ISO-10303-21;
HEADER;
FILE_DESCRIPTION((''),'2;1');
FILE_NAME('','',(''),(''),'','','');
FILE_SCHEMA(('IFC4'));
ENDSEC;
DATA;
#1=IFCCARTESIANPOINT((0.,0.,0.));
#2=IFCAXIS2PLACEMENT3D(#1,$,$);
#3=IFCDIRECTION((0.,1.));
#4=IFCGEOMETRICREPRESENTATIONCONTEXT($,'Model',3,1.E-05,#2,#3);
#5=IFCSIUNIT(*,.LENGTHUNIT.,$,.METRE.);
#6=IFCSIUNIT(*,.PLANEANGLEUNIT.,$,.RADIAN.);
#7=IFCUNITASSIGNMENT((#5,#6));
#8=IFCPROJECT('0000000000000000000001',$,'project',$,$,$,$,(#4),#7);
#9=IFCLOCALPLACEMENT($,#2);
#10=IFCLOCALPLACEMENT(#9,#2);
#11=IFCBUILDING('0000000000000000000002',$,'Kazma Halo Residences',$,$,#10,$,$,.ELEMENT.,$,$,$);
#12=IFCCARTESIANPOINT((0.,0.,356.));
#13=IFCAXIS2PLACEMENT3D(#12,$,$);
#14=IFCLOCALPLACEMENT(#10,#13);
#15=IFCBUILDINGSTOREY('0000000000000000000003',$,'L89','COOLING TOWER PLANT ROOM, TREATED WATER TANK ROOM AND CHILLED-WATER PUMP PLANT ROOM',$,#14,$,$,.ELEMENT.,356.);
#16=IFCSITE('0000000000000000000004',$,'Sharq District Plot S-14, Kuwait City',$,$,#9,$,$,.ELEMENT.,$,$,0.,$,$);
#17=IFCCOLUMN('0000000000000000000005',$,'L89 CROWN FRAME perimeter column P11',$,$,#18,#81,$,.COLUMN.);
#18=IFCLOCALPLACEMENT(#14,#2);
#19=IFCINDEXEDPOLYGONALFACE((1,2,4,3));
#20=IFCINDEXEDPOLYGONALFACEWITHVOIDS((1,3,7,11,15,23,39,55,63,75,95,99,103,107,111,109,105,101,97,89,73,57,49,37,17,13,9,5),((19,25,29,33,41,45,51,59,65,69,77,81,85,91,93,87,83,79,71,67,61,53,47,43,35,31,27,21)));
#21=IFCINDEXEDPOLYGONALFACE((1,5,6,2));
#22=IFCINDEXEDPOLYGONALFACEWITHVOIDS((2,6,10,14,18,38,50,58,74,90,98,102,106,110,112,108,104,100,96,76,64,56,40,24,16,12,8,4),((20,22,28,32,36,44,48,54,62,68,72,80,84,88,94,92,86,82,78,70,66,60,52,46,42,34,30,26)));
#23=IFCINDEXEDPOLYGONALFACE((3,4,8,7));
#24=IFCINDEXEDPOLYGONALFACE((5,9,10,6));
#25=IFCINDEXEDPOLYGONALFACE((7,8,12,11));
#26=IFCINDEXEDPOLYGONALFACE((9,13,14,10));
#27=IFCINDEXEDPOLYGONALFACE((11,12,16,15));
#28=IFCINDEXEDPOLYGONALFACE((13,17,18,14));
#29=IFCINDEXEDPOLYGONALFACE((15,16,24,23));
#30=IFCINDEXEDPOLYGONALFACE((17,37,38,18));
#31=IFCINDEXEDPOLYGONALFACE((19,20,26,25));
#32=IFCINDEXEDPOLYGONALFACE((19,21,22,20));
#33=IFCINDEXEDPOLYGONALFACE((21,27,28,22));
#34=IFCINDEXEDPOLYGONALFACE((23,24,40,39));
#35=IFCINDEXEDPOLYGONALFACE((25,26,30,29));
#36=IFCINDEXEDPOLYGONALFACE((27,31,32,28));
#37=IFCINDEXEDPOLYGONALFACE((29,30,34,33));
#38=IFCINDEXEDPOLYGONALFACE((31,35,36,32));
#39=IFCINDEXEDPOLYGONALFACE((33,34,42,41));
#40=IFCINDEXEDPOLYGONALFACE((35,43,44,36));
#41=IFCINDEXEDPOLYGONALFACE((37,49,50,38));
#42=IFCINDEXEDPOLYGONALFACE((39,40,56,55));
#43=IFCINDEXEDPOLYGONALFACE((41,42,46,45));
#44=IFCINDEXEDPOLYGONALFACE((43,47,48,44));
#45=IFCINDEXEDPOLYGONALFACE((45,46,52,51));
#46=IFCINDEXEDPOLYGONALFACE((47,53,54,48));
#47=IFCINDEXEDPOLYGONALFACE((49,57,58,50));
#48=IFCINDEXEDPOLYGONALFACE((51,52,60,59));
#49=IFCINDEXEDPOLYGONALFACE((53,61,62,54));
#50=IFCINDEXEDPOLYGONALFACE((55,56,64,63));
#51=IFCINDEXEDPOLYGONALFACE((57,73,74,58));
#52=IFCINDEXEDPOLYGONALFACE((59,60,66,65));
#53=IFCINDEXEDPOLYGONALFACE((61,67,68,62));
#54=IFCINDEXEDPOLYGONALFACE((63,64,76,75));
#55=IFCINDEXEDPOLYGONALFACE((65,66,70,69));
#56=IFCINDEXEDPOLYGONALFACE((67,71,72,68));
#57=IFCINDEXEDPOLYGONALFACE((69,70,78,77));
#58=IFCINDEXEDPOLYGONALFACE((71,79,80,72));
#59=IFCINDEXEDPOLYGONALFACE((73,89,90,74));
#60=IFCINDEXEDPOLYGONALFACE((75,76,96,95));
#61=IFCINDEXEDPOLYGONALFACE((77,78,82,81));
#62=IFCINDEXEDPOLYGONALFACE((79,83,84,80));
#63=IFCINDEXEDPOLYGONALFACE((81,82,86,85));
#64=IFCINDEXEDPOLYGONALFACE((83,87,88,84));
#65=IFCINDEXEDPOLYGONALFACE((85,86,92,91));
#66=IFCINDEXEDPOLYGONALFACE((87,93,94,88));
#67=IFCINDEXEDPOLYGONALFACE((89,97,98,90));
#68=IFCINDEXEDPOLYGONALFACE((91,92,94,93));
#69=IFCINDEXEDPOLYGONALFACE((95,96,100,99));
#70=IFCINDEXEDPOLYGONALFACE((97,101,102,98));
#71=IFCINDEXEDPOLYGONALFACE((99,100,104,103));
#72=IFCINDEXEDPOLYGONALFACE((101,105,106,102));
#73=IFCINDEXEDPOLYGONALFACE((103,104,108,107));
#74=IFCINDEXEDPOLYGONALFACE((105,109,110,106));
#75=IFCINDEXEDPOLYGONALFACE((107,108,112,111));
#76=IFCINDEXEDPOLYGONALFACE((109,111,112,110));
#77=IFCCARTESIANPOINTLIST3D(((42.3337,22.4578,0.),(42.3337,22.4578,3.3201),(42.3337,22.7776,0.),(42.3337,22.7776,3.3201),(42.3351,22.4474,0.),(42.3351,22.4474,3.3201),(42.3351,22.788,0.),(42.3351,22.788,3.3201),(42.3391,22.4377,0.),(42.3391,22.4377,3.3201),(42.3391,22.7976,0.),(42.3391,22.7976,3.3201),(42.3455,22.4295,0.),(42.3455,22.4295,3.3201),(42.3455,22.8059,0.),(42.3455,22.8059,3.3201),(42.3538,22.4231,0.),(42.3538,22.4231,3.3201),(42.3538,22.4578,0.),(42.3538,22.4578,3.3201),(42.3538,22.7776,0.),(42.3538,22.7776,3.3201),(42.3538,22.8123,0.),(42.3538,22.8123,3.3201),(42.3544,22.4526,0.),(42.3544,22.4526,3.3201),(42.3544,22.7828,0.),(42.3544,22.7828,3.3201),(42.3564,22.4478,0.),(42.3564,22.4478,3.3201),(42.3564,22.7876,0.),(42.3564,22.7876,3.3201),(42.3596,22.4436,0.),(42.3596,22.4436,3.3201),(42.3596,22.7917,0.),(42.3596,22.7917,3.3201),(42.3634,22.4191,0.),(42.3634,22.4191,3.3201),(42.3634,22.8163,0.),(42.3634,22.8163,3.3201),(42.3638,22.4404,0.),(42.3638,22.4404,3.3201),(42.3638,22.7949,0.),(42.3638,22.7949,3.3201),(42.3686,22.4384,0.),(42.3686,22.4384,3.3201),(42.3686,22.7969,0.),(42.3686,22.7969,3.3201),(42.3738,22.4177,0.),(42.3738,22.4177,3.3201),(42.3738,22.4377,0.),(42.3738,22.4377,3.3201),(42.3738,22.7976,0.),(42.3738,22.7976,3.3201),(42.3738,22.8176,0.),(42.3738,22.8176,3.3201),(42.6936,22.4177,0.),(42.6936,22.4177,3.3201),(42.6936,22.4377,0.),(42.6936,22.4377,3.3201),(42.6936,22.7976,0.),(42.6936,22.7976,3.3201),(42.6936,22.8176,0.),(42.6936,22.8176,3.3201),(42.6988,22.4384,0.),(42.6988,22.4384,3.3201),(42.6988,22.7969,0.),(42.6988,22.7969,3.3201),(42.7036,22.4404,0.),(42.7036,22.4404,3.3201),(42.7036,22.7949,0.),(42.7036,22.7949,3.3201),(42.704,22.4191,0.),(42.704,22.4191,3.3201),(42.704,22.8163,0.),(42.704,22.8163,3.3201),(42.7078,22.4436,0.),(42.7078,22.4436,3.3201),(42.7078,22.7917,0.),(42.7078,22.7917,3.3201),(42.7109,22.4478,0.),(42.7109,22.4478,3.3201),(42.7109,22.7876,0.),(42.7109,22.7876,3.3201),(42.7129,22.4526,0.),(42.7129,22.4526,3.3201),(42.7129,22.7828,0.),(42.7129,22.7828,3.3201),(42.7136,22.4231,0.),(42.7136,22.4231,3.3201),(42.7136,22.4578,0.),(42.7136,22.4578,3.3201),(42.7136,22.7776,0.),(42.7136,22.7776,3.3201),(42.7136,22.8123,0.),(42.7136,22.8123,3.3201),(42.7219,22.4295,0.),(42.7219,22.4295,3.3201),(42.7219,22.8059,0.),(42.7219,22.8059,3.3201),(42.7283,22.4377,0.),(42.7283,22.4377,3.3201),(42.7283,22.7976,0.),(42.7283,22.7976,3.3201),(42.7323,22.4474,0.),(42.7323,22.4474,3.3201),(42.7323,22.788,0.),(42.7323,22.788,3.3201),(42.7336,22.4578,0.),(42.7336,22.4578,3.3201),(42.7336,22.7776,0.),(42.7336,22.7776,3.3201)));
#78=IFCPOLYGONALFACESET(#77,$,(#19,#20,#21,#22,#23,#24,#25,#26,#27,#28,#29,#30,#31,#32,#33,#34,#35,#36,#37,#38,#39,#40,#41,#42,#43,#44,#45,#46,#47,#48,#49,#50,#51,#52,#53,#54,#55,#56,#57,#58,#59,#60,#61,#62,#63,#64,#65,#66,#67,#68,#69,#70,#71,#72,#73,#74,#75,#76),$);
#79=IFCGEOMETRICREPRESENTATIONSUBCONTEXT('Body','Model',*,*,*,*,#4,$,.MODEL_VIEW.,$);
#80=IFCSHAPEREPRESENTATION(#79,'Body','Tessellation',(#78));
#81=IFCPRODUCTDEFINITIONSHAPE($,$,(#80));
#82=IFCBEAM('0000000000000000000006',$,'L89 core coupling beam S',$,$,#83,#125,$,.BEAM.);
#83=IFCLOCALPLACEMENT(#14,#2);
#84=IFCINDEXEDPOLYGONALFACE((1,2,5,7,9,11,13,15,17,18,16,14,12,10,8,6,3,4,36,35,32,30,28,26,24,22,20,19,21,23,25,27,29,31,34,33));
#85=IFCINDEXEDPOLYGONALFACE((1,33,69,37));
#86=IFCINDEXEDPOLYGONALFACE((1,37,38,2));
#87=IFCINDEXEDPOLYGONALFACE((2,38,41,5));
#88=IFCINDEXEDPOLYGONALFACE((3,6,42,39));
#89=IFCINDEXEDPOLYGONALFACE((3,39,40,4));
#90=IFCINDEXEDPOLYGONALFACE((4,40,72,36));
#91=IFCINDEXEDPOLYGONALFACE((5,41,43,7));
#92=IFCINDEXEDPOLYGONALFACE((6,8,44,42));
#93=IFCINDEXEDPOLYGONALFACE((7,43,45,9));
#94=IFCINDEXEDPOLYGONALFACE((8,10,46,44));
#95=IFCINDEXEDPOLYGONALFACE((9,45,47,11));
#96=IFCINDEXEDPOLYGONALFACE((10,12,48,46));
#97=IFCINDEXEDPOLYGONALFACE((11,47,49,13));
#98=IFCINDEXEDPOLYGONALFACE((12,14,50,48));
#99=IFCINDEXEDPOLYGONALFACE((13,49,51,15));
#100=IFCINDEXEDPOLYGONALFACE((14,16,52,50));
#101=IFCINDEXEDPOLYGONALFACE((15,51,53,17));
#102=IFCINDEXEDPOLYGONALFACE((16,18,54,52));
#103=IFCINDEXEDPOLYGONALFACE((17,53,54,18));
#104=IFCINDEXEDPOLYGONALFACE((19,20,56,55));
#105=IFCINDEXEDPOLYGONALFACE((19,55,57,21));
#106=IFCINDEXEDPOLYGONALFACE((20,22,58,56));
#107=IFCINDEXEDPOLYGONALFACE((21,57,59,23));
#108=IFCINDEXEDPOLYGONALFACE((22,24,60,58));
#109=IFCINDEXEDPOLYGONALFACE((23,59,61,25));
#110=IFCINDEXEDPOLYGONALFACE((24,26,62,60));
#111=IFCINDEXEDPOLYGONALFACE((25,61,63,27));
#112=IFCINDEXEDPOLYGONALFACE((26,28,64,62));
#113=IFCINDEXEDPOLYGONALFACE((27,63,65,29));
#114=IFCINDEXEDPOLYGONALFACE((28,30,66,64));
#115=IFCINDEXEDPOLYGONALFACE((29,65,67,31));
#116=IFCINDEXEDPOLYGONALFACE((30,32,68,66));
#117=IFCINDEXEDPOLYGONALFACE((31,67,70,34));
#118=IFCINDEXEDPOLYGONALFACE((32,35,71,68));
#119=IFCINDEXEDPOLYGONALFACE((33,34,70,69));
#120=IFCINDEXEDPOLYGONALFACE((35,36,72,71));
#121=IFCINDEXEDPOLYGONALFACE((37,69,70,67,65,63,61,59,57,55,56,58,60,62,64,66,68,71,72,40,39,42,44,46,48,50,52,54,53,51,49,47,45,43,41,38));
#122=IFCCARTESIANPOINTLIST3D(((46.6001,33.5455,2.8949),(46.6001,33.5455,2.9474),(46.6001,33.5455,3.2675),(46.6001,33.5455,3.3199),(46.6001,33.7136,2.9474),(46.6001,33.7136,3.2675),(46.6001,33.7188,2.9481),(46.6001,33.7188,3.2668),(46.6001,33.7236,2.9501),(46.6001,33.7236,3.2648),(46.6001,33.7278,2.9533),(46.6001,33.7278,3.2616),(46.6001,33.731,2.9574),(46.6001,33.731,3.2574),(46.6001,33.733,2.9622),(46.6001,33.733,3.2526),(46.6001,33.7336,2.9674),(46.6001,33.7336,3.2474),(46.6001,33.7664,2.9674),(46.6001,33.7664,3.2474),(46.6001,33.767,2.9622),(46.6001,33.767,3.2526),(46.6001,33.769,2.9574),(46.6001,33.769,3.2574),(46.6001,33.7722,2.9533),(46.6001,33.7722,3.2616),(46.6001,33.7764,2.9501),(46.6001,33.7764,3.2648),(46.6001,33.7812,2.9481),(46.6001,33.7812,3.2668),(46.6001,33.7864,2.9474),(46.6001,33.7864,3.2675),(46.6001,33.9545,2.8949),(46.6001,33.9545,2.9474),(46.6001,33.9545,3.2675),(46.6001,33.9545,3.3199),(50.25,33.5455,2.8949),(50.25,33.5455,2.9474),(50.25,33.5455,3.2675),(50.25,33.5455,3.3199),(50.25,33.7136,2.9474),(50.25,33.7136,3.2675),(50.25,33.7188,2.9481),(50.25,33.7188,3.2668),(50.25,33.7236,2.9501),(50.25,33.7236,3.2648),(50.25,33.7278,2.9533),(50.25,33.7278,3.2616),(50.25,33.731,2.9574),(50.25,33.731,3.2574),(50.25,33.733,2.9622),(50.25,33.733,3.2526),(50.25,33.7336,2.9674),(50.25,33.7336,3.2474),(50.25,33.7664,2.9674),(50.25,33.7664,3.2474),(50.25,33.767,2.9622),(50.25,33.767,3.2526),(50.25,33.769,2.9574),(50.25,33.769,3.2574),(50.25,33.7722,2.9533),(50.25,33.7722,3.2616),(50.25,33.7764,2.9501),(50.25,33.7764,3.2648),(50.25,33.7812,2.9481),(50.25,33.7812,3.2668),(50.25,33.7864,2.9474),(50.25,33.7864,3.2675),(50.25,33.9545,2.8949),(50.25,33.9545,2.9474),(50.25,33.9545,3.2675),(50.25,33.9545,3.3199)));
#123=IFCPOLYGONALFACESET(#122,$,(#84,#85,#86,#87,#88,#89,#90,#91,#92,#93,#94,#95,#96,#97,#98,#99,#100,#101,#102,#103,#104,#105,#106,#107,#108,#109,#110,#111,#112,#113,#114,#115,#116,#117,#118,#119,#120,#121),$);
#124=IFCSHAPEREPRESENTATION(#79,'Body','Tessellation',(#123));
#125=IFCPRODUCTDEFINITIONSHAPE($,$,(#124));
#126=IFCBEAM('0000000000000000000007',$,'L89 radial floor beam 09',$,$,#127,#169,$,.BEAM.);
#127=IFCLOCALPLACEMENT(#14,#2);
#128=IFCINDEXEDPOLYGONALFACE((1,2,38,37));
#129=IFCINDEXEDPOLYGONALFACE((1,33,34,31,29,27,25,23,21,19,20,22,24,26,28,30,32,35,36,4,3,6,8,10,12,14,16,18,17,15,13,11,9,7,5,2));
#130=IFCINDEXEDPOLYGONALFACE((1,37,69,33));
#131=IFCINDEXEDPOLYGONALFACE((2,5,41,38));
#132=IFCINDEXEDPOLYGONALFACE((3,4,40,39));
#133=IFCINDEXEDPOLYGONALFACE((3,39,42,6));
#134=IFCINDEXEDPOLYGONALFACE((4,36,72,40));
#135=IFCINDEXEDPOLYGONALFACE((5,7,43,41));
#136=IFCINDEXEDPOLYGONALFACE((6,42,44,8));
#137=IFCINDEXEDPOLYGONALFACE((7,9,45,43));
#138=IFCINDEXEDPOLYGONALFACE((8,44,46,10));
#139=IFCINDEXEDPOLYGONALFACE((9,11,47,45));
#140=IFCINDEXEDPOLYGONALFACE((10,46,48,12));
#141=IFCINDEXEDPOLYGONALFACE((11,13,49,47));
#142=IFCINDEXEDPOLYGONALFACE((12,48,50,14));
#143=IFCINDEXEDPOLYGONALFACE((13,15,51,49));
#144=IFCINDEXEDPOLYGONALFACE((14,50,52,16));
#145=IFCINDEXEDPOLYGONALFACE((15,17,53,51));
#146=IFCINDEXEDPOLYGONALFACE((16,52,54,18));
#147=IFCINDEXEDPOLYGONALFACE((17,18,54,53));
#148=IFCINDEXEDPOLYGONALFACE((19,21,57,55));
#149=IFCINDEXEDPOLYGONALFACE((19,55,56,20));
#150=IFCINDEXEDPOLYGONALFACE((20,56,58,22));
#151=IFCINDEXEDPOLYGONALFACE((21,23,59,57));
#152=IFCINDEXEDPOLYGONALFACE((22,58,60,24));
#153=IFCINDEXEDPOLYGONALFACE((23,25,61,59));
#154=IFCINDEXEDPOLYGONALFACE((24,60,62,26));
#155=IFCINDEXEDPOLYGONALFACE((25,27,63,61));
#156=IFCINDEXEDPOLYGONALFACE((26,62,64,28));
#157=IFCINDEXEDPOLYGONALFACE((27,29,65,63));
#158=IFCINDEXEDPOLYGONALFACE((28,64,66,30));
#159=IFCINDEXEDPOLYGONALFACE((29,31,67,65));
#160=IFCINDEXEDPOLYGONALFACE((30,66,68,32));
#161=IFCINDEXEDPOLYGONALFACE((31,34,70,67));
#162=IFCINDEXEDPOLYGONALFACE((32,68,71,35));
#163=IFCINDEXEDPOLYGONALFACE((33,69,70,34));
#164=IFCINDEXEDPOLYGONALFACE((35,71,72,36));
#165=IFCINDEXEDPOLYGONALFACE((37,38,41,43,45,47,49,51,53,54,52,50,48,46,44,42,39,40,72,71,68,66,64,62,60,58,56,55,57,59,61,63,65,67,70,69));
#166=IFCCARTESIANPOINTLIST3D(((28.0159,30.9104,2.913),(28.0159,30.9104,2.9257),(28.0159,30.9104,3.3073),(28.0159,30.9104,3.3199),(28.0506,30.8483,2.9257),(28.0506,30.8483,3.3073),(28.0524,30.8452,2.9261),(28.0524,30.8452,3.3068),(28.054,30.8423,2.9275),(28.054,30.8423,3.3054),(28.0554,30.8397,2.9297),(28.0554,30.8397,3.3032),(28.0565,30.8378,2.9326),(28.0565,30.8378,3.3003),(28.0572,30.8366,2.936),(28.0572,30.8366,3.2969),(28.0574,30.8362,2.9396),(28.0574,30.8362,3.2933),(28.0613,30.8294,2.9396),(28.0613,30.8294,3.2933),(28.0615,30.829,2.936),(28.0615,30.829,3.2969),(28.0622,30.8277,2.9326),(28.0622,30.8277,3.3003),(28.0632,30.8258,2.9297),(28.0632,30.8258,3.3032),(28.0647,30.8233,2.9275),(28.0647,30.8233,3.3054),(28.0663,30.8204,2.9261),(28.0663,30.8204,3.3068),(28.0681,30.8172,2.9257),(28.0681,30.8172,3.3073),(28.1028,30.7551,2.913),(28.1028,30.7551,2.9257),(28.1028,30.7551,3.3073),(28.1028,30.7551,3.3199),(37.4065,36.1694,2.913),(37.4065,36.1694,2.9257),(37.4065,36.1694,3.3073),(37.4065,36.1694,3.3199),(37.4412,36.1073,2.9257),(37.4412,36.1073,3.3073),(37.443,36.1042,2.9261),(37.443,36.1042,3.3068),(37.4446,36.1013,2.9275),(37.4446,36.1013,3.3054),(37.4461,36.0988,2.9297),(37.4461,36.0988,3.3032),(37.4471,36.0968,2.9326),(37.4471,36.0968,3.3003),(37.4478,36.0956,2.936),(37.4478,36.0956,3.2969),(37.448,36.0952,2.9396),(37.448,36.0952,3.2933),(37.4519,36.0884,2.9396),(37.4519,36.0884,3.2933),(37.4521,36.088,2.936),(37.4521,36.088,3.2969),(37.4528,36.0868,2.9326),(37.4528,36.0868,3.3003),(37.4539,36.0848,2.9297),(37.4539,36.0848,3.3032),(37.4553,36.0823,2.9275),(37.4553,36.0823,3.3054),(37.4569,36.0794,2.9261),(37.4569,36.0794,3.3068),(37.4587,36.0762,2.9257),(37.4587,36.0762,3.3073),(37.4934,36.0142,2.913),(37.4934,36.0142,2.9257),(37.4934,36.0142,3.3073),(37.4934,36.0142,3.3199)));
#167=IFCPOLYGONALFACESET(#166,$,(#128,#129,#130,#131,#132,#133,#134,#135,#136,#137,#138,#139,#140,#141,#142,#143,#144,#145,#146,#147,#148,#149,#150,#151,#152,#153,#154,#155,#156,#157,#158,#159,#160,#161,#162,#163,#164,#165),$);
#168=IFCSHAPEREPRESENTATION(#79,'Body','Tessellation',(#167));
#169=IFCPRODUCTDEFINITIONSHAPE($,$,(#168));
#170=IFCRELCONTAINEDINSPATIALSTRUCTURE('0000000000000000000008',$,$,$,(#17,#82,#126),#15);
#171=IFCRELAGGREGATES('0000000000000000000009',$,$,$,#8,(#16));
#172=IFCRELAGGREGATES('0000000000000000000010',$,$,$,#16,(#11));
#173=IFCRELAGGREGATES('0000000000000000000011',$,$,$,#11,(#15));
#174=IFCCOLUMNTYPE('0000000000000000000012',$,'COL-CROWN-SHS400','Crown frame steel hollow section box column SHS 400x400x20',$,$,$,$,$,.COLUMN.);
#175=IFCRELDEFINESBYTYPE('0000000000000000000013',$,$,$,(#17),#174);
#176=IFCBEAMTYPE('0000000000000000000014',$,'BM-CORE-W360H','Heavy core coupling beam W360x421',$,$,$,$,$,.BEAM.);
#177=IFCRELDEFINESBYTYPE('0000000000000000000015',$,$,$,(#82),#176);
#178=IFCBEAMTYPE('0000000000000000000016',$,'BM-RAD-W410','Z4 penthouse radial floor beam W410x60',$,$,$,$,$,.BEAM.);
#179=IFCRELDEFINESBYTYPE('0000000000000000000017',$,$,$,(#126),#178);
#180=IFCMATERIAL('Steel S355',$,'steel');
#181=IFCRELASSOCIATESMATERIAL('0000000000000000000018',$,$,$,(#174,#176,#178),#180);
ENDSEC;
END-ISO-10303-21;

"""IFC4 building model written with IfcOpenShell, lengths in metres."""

from ifc_helpers import new_model, si_unit, direction, frame, origin, origin_2d, place, context, subcontext, project, spatial, hollow_rectangle, i_section, extrude, material, material_profile, profile_set, type_object, element, save


model = new_model("IFC4")

# Units and contexts
model_context = context("Model", 3, precision=1e-05, world=origin(), true_north=direction((0.0, 1.0)))
body_context = subcontext(model_context, "Body", "Model", "MODEL_VIEW")
ifc_project = project(units=[si_unit("LENGTHUNIT", "METRE"), si_unit("PLANEANGLEUNIT", "RADIAN")], contexts=[model_context])

# Site, building, storey
site_placement = place(None, origin())
site = spatial("IfcSite", under=ifc_project, at=site_placement, Name="Sharq District Plot S-14, Kuwait City", CompositionType="ELEMENT", RefElevation=0.0)
building_placement = place(site_placement, origin())
building = spatial("IfcBuilding", under=site, at=building_placement, Name="Kazma Halo Residences", CompositionType="ELEMENT")
storey_placement = place(building_placement, frame((0.0, 0.0, 356.0)))
storey = spatial("IfcBuildingStorey", under=building, at=storey_placement, Name="L89", Description="COOLING TOWER PLANT ROOM, TREATED WATER TANK ROOM AND CHILLED-WATER PUMP PLANT ROOM", CompositionType="ELEMENT", Elevation=356.0)

# Column
ifc_material_1 = material(Name="Steel S355", Category="steel")
ifc_material_profile_1 = material_profile(ifc_material_1, hollow_rectangle(XDim=0.3999, YDim=0.3999, WallThickness=0.02, InnerFilletRadius=0.02, OuterFilletRadius=0.04, at=origin_2d()), Name="SHS400x400x20")
ifc_profile_set_1 = profile_set([ifc_material_profile_1], Name="Steel S355")
column_type = type_object("IfcColumnType", Name="COL-CROWN-SHS400", Description="Crown frame steel hollow section box column SHS 400x400x20", PredefinedType="COLUMN", material=ifc_profile_set_1)
column_placement = place(storey_placement, frame((42.5337, 22.6177, 0.0), z_axis=(0.0, 0.0, 1.0), x_axis=(1.0, 0.0, 0.0)))
element("IfcColumn", 1, at=column_placement, inside=storey, type_object=column_type, Name="L89 CROWN FRAME perimeter column P11", PredefinedType="COLUMN", context=body_context, shape_type="SweptSolid", body=[
    extrude(hollow_rectangle(XDim=0.3999, YDim=0.3999, WallThickness=0.02, InnerFilletRadius=0.02, OuterFilletRadius=0.04, at=origin_2d()), origin(), (0.0, 0.0, 1.0), 3.3201),
])

# Beams
ifc_material_profile_2 = material_profile(ifc_material_1, i_section(OverallWidth=0.4089, OverallDepth=0.425, WebThickness=0.0327, FlangeThickness=0.0525, FilletRadius=0.02, at=origin_2d()), Name="W360x421")
ifc_profile_set_2 = profile_set([ifc_material_profile_2], Name="Steel S355")
beam_type_1 = type_object("IfcBeamType", Name="BM-CORE-W360H", Description="Heavy core coupling beam W360x421", PredefinedType="BEAM", material=ifc_profile_set_2)
beam_1_placement = place(storey_placement, frame((46.6001, 33.75, 3.1074), z_axis=(1.0, 0.0, 0.0), x_axis=(0.0, 1.0, 0.0)))
element("IfcBeam", 2, at=beam_1_placement, inside=storey, type_object=beam_type_1, Name="L89 core coupling beam S", PredefinedType="BEAM", context=body_context, shape_type="SweptSolid", body=[
    extrude(i_section(OverallWidth=0.4089, OverallDepth=0.425, WebThickness=0.0327, FlangeThickness=0.0525, FilletRadius=0.02, at=origin_2d()), origin(), (0.0, 0.0, 1.0), 3.6499),
])
ifc_material_profile_3 = material_profile(ifc_material_1, i_section(OverallWidth=0.178, OverallDepth=0.407, WebThickness=0.0078, FlangeThickness=0.0127, FilletRadius=0.0139, at=origin_2d()), Name="W410x60")
ifc_profile_set_3 = profile_set([ifc_material_profile_3], Name="Steel S355")
beam_type_2 = type_object("IfcBeamType", Name="BM-RAD-W410", Description="Z4 penthouse radial floor beam W410x60", PredefinedType="BEAM", material=ifc_profile_set_3)
beam_2_placement = place(storey_placement, frame((37.45, 36.0918, 3.1165), z_axis=(-0.872495, -0.488623, 0.0), x_axis=(0.488623, -0.872495, 0.0)))
element("IfcBeam", 3, at=beam_2_placement, inside=storey, type_object=beam_type_2, Name="L89 radial floor beam 09", PredefinedType="BEAM", context=body_context, shape_type="SweptSolid", body=[
    extrude(i_section(OverallWidth=0.178, OverallDepth=0.407, WebThickness=0.0078, FlangeThickness=0.0127, FilletRadius=0.0139, at=origin_2d()), origin(), (0.0, 0.0, 1.0), 10.7629),
])

save(model, "model.ifc")
